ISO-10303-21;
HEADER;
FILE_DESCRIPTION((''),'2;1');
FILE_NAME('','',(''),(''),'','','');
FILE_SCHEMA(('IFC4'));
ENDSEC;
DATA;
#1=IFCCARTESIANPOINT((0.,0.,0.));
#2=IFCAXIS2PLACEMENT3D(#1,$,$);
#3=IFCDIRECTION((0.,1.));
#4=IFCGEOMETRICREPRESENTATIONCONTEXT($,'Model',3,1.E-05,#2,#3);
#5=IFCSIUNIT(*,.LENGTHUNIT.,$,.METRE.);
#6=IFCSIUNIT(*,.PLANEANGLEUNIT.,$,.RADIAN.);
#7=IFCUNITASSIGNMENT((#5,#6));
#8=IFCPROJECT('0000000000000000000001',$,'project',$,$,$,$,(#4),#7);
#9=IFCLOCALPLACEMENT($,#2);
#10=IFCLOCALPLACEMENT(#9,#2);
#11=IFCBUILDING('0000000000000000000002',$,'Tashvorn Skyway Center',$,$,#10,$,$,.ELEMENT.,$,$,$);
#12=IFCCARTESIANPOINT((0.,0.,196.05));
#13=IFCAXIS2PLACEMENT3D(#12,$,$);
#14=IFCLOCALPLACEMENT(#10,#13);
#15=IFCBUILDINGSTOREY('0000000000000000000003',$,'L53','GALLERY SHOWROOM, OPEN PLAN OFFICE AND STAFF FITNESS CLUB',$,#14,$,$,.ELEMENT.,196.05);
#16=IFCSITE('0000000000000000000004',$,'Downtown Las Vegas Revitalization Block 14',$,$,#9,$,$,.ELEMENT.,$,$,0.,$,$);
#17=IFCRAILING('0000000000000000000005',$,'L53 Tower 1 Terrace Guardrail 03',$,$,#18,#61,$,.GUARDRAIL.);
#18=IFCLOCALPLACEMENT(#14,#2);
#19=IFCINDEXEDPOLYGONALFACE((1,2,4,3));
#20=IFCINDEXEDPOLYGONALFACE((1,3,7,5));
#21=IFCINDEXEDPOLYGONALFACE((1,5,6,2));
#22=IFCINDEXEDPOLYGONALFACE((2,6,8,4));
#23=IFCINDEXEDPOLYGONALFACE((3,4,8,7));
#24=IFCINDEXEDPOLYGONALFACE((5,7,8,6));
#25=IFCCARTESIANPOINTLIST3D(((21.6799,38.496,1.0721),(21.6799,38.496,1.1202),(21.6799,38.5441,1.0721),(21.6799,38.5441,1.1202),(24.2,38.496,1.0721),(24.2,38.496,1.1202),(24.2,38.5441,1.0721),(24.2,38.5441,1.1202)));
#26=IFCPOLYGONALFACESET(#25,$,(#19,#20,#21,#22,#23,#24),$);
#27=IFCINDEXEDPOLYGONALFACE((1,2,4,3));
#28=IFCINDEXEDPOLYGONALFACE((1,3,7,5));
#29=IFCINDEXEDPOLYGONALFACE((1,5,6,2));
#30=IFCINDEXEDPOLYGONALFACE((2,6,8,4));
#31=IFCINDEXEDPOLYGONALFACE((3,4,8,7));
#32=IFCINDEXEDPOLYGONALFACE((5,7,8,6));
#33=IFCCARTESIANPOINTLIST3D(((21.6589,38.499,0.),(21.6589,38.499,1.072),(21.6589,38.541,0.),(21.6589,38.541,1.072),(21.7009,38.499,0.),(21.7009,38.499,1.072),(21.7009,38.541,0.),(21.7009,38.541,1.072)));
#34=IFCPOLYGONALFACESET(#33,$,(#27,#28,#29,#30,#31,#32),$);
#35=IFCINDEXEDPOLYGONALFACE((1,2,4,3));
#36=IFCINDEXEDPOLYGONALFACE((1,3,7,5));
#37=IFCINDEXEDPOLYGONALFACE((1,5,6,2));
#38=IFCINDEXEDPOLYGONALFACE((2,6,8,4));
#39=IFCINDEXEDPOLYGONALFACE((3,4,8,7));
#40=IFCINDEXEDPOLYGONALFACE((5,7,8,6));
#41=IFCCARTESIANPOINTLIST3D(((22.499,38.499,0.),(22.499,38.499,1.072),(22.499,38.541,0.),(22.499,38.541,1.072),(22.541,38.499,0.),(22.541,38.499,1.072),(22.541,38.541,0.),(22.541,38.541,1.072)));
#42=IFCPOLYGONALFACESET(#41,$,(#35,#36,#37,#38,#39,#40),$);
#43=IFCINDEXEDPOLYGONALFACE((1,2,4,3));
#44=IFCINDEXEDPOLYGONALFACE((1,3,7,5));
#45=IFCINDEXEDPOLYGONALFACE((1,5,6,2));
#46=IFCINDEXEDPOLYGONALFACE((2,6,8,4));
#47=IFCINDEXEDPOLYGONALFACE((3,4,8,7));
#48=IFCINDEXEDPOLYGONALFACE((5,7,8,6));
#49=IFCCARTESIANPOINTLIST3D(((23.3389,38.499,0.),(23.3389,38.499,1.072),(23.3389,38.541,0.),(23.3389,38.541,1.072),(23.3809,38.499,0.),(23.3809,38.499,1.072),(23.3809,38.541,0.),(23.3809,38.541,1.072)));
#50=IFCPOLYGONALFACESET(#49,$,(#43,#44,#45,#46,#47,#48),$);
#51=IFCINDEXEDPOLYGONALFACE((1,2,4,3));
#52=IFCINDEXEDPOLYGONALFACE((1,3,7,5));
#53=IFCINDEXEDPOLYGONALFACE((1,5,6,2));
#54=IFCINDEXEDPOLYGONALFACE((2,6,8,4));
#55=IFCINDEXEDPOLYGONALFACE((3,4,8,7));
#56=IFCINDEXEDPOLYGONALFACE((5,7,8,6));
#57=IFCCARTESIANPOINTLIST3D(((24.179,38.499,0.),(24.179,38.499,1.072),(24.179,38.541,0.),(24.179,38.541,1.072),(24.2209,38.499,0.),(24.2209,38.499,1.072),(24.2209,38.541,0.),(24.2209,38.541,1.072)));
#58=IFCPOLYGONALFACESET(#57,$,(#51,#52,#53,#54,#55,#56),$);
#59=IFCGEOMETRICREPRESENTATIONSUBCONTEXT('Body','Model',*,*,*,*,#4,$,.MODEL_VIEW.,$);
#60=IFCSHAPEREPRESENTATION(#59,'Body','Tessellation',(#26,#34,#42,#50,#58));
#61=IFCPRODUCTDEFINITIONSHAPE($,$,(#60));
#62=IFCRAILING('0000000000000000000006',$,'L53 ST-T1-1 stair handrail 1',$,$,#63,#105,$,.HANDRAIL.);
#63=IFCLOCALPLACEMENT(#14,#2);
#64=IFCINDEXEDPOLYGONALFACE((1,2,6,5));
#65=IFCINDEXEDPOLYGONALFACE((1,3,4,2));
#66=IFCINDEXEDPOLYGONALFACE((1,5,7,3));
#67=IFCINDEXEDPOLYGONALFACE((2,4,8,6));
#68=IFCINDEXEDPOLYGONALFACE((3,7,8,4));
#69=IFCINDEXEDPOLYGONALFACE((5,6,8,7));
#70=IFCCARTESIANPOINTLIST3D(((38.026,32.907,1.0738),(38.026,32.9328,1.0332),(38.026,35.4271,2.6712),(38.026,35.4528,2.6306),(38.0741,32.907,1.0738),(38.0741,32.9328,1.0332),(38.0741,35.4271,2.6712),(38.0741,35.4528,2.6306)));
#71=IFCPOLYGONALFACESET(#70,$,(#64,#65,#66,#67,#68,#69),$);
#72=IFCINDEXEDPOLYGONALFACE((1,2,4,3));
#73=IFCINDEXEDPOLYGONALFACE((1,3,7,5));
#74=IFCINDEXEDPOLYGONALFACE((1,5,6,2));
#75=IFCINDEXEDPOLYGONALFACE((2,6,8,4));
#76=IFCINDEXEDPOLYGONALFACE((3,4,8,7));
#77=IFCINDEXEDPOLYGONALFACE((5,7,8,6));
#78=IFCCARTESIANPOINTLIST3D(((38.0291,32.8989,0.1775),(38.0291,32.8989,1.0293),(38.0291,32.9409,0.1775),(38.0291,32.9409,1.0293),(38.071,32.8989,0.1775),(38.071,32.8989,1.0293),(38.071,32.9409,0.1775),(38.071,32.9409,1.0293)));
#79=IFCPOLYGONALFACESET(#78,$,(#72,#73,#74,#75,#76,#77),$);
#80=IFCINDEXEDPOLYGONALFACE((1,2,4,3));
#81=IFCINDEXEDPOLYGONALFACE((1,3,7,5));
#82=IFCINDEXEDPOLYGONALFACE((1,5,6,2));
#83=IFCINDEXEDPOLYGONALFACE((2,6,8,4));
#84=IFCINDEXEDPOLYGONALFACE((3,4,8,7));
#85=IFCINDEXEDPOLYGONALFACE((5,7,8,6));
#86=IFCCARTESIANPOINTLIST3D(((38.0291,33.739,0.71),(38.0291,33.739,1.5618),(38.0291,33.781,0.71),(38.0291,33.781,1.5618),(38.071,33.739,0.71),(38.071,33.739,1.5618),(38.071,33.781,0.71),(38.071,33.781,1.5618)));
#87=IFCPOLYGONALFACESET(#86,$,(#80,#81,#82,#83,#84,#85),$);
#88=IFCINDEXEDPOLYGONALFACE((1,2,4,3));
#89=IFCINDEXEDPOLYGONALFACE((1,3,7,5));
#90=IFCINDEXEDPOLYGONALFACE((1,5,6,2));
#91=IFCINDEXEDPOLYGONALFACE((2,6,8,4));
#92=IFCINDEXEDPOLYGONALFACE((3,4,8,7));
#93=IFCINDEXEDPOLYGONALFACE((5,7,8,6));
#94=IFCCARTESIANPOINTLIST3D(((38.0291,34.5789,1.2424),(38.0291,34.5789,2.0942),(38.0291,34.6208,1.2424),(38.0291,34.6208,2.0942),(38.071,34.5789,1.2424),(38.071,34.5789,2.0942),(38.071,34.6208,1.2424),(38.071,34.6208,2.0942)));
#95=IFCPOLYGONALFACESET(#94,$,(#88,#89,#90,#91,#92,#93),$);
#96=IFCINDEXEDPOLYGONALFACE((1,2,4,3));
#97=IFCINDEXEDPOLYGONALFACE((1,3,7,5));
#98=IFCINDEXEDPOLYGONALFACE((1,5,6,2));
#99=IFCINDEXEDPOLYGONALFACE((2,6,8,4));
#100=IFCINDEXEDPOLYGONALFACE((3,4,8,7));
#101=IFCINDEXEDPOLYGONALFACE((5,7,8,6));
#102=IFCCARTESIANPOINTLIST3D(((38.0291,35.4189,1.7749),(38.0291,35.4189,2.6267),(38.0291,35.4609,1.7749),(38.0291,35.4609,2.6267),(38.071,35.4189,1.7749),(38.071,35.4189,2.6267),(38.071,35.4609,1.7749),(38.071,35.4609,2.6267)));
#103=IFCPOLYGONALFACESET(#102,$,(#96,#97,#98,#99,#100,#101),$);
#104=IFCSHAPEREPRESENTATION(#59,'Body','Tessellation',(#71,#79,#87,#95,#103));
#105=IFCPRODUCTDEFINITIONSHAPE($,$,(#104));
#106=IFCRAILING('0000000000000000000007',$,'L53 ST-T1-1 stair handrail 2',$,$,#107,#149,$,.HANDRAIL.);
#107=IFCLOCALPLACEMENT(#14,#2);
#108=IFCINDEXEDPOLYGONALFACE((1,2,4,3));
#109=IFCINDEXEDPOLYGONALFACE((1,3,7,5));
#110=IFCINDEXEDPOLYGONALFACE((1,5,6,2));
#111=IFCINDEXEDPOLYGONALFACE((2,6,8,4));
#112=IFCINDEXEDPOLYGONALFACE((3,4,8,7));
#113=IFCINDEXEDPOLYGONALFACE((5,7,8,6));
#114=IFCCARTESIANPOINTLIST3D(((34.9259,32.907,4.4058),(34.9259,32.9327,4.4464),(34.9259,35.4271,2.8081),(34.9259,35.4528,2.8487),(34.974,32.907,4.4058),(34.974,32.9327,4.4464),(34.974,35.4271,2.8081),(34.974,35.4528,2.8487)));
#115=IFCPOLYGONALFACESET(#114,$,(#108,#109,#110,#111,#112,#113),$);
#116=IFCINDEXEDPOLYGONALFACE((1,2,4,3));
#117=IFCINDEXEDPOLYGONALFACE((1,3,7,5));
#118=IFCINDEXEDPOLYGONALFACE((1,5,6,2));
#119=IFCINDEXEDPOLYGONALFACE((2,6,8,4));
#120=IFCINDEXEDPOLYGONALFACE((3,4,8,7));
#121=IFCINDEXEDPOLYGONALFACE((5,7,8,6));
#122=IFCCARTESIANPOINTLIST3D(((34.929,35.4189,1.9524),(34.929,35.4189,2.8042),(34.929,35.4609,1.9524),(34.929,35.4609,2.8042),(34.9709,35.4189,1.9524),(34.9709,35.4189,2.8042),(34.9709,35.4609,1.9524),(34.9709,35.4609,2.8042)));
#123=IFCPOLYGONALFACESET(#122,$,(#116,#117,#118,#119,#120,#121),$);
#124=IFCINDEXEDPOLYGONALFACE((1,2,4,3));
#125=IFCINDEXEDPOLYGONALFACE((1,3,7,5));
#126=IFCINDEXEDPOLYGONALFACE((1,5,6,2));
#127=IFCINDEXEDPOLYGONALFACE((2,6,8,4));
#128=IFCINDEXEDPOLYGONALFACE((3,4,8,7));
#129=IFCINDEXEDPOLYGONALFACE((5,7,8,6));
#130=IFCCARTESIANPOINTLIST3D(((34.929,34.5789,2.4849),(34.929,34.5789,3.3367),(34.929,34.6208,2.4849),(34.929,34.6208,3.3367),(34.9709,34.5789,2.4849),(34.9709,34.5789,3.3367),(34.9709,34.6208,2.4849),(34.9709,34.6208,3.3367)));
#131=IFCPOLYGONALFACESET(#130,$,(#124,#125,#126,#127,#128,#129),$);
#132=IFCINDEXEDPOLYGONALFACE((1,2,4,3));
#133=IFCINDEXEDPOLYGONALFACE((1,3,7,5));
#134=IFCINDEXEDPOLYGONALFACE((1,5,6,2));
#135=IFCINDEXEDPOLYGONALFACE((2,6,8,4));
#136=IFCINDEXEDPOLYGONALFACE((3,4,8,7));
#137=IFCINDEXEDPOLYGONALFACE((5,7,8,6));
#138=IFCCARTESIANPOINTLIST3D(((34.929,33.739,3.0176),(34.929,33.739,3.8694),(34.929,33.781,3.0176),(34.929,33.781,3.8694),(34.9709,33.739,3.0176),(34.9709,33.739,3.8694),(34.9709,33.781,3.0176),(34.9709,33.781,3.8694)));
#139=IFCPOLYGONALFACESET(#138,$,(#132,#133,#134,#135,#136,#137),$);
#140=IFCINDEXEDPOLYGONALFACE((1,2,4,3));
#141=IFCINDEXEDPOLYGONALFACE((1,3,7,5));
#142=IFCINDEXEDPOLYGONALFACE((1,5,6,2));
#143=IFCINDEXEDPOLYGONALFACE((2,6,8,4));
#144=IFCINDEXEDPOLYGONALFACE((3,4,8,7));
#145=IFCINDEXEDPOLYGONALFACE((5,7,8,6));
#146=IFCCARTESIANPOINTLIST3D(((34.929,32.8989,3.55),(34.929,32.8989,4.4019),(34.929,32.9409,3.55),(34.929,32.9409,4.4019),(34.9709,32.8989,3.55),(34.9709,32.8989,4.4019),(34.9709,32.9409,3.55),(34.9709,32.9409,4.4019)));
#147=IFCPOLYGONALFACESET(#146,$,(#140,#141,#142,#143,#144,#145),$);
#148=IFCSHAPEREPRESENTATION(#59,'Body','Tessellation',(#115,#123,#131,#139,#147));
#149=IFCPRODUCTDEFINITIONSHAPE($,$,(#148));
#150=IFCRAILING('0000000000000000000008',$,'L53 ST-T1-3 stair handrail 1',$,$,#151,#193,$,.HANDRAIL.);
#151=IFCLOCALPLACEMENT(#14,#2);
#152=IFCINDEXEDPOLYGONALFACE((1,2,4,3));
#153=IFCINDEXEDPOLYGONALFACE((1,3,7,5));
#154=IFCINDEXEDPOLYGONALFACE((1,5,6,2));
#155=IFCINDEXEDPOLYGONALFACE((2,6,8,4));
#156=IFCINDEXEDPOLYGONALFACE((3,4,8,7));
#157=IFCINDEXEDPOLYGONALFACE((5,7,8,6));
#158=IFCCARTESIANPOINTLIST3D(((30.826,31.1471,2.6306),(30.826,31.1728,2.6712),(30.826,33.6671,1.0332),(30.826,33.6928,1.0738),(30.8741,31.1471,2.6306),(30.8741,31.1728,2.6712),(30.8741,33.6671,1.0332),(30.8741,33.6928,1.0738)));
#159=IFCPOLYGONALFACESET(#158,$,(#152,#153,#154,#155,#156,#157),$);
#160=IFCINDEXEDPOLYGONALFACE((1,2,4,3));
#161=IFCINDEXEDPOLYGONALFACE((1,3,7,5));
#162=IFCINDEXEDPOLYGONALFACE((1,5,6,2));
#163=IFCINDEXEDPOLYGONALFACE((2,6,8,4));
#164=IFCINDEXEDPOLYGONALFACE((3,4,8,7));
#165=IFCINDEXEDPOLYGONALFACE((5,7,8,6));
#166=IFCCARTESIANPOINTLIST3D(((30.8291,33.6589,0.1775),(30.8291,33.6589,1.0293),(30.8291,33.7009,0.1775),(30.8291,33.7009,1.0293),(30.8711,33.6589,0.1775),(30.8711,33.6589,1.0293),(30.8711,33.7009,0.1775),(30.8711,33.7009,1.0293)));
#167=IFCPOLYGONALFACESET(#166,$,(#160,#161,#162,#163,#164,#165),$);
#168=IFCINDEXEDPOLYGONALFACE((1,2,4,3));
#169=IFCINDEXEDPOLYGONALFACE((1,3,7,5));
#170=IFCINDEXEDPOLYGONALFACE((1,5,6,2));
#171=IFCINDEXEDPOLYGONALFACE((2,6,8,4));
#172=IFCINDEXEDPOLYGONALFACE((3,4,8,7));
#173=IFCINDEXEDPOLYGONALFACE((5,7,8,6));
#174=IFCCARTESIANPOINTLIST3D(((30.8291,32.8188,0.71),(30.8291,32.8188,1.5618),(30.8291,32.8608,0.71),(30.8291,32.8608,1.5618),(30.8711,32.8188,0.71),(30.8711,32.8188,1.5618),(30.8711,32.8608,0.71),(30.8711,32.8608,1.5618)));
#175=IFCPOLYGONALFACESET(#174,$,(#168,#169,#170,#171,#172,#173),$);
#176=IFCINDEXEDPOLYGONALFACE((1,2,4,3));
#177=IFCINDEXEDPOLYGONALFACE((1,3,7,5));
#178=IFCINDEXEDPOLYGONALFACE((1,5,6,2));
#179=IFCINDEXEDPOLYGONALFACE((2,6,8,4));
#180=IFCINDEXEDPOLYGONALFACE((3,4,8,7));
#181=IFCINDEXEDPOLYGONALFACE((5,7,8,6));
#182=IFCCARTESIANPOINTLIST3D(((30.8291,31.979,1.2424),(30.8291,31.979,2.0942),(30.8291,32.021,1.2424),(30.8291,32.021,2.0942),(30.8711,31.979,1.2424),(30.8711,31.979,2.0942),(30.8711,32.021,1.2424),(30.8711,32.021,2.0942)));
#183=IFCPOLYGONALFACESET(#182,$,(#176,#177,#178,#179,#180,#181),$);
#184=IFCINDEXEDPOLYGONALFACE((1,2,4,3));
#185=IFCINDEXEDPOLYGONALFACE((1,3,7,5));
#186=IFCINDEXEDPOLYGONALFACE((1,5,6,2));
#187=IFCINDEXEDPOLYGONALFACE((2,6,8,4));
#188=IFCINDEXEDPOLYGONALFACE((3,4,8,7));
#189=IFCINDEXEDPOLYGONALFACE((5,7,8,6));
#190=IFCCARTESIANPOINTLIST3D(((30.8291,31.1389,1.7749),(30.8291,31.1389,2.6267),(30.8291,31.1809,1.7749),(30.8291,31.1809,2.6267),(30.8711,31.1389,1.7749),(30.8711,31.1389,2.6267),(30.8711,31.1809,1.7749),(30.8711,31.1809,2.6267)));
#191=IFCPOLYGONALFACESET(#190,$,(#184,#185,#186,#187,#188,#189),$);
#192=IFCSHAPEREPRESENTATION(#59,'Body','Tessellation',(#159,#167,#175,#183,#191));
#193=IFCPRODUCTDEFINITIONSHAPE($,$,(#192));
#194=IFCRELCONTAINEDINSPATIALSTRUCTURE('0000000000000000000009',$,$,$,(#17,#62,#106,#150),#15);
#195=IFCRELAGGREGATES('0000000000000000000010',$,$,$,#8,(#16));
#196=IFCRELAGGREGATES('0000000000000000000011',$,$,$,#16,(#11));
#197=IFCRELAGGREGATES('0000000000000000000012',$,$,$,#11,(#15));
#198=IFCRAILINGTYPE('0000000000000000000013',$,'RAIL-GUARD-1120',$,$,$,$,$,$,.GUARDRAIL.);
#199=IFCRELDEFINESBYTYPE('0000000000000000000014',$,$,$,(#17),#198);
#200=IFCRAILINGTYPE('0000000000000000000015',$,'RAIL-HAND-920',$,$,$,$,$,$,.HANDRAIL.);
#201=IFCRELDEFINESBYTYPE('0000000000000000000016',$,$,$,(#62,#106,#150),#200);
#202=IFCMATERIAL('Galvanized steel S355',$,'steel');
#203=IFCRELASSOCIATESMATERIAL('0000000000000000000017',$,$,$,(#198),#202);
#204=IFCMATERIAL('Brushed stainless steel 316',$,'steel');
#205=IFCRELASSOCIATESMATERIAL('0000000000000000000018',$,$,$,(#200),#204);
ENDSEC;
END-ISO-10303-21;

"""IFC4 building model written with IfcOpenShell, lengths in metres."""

from ifc_helpers import new_model, si_unit, direction, frame, origin, origin_2d, place, context, subcontext, project, spatial, rectangle, extrude, material, type_object, element, save


model = new_model("IFC4")

# Units and contexts
model_context = context("Model", 3, precision=1e-05, world=origin(), true_north=direction((0.0, 1.0)))
body_context = subcontext(model_context, "Body", "Model", "MODEL_VIEW")
ifc_project = project(units=[si_unit("LENGTHUNIT", "METRE"), si_unit("PLANEANGLEUNIT", "RADIAN")], contexts=[model_context])

# Site, building, storey
site_placement = place(None, origin())
site = spatial("IfcSite", under=ifc_project, at=site_placement, Name="Downtown Las Vegas Revitalization Block 14", CompositionType="ELEMENT", RefElevation=0.0)
building_placement = place(site_placement, origin())
building = spatial("IfcBuilding", under=site, at=building_placement, Name="Tashvorn Skyway Center", CompositionType="ELEMENT")
storey_placement = place(building_placement, frame((0.0, 0.0, 196.05)))
storey = spatial("IfcBuildingStorey", under=building, at=storey_placement, Name="L53", Description="GALLERY SHOWROOM, OPEN PLAN OFFICE AND STAFF FITNESS CLUB", CompositionType="ELEMENT", Elevation=196.05)

# Railings
ifc_material_1 = material(Name="Galvanized steel S355", Category="steel")
railing_type_1 = type_object("IfcRailingType", Name="RAIL-GUARD-1120", PredefinedType="GUARDRAIL", material=ifc_material_1)
railing_1_placement = place(storey_placement, frame((21.6799, 38.52, 0.0)))
element("IfcRailing", 1, at=railing_1_placement, inside=storey, type_object=railing_type_1, Name="L53 Tower 1 Terrace Guardrail 03", PredefinedType="GUARDRAIL", context=body_context, shape_type="SweptSolid", body=[
    extrude(rectangle(XDim=0.0481, YDim=0.0481, at=origin_2d()), frame((0.0, 0.0, 1.0962), z_axis=(1.0, 0.0, 0.0), x_axis=(0.0, 1.0, 0.0)), (0.0, 0.0, 1.0), 2.52),
    extrude(rectangle(XDim=0.042, YDim=0.042, at=origin_2d()), origin(), (0.0, 0.0, 1.0), 1.072),
    extrude(rectangle(XDim=0.042, YDim=0.042, at=origin_2d()), frame((0.8401, 0.0, 0.0)), (0.0, 0.0, 1.0), 1.072),
    extrude(rectangle(XDim=0.042, YDim=0.042, at=origin_2d()), frame((1.6799, 0.0, 0.0)), (0.0, 0.0, 1.0), 1.072),
    extrude(rectangle(XDim=0.042, YDim=0.042, at=origin_2d()), frame((2.52, 0.0, 0.0)), (0.0, 0.0, 1.0), 1.072),
])
ifc_material_2 = material(Name="Brushed stainless steel 316", Category="steel")
railing_type_2 = type_object("IfcRailingType", Name="RAIL-HAND-920", PredefinedType="HANDRAIL", material=ifc_material_2)
railing_2_placement = place(storey_placement, frame((38.05, 32.9199, 0.1775)))
element("IfcRailing", 2, at=railing_2_placement, inside=storey, type_object=railing_type_2, Name="L53 ST-T1-1 stair handrail 1", PredefinedType="HANDRAIL", context=body_context, shape_type="SweptSolid", body=[
    extrude(rectangle(XDim=0.0481, YDim=0.0481, at=origin_2d()), frame((0.0, 0.0, 0.876), z_axis=(0.0, 0.844607, 0.535387), x_axis=(-1.0, 0.0, 0.0)), (0.0, 0.0, 1.0), 2.9836),
    extrude(rectangle(XDim=0.042, YDim=0.042, at=origin_2d()), origin(), (0.0, 0.0, 1.0), 0.8518),
    extrude(rectangle(XDim=0.042, YDim=0.042, at=origin_2d()), frame((0.0, 0.8401, 0.5325)), (0.0, 0.0, 1.0), 0.8518),
    extrude(rectangle(XDim=0.042, YDim=0.042, at=origin_2d()), frame((0.0, 1.6799, 1.0649)), (0.0, 0.0, 1.0), 0.8518),
    extrude(rectangle(XDim=0.042, YDim=0.042, at=origin_2d()), frame((0.0, 2.52, 1.5974)), (0.0, 0.0, 1.0), 0.8518),
])
railing_3_placement = place(storey_placement, frame((34.95, 35.4399, 1.9524)))
element("IfcRailing", 3, at=railing_3_placement, inside=storey, type_object=railing_type_2, Name="L53 ST-T1-1 stair handrail 2", PredefinedType="HANDRAIL", context=body_context, shape_type="SweptSolid", body=[
    extrude(rectangle(XDim=0.0481, YDim=0.0481, at=origin_2d()), frame((0.0, 0.0, 0.876), z_axis=(0.0, -0.84457, 0.535445), x_axis=(1.0, 0.0, 0.0)), (0.0, 0.0, 1.0), 2.9839),
    extrude(rectangle(XDim=0.042, YDim=0.042, at=origin_2d()), origin(), (0.0, 0.0, 1.0), 0.8518),
    extrude(rectangle(XDim=0.042, YDim=0.042, at=origin_2d()), frame((0.0, -0.8401, 0.5325)), (0.0, 0.0, 1.0), 0.8518),
    extrude(rectangle(XDim=0.042, YDim=0.042, at=origin_2d()), frame((0.0, -1.6799, 1.0652)), (0.0, 0.0, 1.0), 0.8518),
    extrude(rectangle(XDim=0.042, YDim=0.042, at=origin_2d()), frame((0.0, -2.52, 1.5977)), (0.0, 0.0, 1.0), 0.8518),
])
railing_4_placement = place(storey_placement, frame((30.8501, 33.6799, 0.1775)))
element("IfcRailing", 4, at=railing_4_placement, inside=storey, type_object=railing_type_2, Name="L53 ST-T1-3 stair handrail 1", PredefinedType="HANDRAIL", context=body_context, shape_type="SweptSolid", body=[
    extrude(rectangle(XDim=0.0481, YDim=0.0481, at=origin_2d()), frame((0.0, 0.0, 0.876), z_axis=(0.0, -0.844607, 0.535387), x_axis=(1.0, 0.0, 0.0)), (0.0, 0.0, 1.0), 2.9836),
    extrude(rectangle(XDim=0.042, YDim=0.042, at=origin_2d()), origin(), (0.0, 0.0, 1.0), 0.8518),
    extrude(rectangle(XDim=0.042, YDim=0.042, at=origin_2d()), frame((0.0, -0.8401, 0.5325)), (0.0, 0.0, 1.0), 0.8518),
    extrude(rectangle(XDim=0.042, YDim=0.042, at=origin_2d()), frame((0.0, -1.6799, 1.0649)), (0.0, 0.0, 1.0), 0.8518),
    extrude(rectangle(XDim=0.042, YDim=0.042, at=origin_2d()), frame((0.0, -2.52, 1.5974)), (0.0, 0.0, 1.0), 0.8518),
])

save(model, "model.ifc")
